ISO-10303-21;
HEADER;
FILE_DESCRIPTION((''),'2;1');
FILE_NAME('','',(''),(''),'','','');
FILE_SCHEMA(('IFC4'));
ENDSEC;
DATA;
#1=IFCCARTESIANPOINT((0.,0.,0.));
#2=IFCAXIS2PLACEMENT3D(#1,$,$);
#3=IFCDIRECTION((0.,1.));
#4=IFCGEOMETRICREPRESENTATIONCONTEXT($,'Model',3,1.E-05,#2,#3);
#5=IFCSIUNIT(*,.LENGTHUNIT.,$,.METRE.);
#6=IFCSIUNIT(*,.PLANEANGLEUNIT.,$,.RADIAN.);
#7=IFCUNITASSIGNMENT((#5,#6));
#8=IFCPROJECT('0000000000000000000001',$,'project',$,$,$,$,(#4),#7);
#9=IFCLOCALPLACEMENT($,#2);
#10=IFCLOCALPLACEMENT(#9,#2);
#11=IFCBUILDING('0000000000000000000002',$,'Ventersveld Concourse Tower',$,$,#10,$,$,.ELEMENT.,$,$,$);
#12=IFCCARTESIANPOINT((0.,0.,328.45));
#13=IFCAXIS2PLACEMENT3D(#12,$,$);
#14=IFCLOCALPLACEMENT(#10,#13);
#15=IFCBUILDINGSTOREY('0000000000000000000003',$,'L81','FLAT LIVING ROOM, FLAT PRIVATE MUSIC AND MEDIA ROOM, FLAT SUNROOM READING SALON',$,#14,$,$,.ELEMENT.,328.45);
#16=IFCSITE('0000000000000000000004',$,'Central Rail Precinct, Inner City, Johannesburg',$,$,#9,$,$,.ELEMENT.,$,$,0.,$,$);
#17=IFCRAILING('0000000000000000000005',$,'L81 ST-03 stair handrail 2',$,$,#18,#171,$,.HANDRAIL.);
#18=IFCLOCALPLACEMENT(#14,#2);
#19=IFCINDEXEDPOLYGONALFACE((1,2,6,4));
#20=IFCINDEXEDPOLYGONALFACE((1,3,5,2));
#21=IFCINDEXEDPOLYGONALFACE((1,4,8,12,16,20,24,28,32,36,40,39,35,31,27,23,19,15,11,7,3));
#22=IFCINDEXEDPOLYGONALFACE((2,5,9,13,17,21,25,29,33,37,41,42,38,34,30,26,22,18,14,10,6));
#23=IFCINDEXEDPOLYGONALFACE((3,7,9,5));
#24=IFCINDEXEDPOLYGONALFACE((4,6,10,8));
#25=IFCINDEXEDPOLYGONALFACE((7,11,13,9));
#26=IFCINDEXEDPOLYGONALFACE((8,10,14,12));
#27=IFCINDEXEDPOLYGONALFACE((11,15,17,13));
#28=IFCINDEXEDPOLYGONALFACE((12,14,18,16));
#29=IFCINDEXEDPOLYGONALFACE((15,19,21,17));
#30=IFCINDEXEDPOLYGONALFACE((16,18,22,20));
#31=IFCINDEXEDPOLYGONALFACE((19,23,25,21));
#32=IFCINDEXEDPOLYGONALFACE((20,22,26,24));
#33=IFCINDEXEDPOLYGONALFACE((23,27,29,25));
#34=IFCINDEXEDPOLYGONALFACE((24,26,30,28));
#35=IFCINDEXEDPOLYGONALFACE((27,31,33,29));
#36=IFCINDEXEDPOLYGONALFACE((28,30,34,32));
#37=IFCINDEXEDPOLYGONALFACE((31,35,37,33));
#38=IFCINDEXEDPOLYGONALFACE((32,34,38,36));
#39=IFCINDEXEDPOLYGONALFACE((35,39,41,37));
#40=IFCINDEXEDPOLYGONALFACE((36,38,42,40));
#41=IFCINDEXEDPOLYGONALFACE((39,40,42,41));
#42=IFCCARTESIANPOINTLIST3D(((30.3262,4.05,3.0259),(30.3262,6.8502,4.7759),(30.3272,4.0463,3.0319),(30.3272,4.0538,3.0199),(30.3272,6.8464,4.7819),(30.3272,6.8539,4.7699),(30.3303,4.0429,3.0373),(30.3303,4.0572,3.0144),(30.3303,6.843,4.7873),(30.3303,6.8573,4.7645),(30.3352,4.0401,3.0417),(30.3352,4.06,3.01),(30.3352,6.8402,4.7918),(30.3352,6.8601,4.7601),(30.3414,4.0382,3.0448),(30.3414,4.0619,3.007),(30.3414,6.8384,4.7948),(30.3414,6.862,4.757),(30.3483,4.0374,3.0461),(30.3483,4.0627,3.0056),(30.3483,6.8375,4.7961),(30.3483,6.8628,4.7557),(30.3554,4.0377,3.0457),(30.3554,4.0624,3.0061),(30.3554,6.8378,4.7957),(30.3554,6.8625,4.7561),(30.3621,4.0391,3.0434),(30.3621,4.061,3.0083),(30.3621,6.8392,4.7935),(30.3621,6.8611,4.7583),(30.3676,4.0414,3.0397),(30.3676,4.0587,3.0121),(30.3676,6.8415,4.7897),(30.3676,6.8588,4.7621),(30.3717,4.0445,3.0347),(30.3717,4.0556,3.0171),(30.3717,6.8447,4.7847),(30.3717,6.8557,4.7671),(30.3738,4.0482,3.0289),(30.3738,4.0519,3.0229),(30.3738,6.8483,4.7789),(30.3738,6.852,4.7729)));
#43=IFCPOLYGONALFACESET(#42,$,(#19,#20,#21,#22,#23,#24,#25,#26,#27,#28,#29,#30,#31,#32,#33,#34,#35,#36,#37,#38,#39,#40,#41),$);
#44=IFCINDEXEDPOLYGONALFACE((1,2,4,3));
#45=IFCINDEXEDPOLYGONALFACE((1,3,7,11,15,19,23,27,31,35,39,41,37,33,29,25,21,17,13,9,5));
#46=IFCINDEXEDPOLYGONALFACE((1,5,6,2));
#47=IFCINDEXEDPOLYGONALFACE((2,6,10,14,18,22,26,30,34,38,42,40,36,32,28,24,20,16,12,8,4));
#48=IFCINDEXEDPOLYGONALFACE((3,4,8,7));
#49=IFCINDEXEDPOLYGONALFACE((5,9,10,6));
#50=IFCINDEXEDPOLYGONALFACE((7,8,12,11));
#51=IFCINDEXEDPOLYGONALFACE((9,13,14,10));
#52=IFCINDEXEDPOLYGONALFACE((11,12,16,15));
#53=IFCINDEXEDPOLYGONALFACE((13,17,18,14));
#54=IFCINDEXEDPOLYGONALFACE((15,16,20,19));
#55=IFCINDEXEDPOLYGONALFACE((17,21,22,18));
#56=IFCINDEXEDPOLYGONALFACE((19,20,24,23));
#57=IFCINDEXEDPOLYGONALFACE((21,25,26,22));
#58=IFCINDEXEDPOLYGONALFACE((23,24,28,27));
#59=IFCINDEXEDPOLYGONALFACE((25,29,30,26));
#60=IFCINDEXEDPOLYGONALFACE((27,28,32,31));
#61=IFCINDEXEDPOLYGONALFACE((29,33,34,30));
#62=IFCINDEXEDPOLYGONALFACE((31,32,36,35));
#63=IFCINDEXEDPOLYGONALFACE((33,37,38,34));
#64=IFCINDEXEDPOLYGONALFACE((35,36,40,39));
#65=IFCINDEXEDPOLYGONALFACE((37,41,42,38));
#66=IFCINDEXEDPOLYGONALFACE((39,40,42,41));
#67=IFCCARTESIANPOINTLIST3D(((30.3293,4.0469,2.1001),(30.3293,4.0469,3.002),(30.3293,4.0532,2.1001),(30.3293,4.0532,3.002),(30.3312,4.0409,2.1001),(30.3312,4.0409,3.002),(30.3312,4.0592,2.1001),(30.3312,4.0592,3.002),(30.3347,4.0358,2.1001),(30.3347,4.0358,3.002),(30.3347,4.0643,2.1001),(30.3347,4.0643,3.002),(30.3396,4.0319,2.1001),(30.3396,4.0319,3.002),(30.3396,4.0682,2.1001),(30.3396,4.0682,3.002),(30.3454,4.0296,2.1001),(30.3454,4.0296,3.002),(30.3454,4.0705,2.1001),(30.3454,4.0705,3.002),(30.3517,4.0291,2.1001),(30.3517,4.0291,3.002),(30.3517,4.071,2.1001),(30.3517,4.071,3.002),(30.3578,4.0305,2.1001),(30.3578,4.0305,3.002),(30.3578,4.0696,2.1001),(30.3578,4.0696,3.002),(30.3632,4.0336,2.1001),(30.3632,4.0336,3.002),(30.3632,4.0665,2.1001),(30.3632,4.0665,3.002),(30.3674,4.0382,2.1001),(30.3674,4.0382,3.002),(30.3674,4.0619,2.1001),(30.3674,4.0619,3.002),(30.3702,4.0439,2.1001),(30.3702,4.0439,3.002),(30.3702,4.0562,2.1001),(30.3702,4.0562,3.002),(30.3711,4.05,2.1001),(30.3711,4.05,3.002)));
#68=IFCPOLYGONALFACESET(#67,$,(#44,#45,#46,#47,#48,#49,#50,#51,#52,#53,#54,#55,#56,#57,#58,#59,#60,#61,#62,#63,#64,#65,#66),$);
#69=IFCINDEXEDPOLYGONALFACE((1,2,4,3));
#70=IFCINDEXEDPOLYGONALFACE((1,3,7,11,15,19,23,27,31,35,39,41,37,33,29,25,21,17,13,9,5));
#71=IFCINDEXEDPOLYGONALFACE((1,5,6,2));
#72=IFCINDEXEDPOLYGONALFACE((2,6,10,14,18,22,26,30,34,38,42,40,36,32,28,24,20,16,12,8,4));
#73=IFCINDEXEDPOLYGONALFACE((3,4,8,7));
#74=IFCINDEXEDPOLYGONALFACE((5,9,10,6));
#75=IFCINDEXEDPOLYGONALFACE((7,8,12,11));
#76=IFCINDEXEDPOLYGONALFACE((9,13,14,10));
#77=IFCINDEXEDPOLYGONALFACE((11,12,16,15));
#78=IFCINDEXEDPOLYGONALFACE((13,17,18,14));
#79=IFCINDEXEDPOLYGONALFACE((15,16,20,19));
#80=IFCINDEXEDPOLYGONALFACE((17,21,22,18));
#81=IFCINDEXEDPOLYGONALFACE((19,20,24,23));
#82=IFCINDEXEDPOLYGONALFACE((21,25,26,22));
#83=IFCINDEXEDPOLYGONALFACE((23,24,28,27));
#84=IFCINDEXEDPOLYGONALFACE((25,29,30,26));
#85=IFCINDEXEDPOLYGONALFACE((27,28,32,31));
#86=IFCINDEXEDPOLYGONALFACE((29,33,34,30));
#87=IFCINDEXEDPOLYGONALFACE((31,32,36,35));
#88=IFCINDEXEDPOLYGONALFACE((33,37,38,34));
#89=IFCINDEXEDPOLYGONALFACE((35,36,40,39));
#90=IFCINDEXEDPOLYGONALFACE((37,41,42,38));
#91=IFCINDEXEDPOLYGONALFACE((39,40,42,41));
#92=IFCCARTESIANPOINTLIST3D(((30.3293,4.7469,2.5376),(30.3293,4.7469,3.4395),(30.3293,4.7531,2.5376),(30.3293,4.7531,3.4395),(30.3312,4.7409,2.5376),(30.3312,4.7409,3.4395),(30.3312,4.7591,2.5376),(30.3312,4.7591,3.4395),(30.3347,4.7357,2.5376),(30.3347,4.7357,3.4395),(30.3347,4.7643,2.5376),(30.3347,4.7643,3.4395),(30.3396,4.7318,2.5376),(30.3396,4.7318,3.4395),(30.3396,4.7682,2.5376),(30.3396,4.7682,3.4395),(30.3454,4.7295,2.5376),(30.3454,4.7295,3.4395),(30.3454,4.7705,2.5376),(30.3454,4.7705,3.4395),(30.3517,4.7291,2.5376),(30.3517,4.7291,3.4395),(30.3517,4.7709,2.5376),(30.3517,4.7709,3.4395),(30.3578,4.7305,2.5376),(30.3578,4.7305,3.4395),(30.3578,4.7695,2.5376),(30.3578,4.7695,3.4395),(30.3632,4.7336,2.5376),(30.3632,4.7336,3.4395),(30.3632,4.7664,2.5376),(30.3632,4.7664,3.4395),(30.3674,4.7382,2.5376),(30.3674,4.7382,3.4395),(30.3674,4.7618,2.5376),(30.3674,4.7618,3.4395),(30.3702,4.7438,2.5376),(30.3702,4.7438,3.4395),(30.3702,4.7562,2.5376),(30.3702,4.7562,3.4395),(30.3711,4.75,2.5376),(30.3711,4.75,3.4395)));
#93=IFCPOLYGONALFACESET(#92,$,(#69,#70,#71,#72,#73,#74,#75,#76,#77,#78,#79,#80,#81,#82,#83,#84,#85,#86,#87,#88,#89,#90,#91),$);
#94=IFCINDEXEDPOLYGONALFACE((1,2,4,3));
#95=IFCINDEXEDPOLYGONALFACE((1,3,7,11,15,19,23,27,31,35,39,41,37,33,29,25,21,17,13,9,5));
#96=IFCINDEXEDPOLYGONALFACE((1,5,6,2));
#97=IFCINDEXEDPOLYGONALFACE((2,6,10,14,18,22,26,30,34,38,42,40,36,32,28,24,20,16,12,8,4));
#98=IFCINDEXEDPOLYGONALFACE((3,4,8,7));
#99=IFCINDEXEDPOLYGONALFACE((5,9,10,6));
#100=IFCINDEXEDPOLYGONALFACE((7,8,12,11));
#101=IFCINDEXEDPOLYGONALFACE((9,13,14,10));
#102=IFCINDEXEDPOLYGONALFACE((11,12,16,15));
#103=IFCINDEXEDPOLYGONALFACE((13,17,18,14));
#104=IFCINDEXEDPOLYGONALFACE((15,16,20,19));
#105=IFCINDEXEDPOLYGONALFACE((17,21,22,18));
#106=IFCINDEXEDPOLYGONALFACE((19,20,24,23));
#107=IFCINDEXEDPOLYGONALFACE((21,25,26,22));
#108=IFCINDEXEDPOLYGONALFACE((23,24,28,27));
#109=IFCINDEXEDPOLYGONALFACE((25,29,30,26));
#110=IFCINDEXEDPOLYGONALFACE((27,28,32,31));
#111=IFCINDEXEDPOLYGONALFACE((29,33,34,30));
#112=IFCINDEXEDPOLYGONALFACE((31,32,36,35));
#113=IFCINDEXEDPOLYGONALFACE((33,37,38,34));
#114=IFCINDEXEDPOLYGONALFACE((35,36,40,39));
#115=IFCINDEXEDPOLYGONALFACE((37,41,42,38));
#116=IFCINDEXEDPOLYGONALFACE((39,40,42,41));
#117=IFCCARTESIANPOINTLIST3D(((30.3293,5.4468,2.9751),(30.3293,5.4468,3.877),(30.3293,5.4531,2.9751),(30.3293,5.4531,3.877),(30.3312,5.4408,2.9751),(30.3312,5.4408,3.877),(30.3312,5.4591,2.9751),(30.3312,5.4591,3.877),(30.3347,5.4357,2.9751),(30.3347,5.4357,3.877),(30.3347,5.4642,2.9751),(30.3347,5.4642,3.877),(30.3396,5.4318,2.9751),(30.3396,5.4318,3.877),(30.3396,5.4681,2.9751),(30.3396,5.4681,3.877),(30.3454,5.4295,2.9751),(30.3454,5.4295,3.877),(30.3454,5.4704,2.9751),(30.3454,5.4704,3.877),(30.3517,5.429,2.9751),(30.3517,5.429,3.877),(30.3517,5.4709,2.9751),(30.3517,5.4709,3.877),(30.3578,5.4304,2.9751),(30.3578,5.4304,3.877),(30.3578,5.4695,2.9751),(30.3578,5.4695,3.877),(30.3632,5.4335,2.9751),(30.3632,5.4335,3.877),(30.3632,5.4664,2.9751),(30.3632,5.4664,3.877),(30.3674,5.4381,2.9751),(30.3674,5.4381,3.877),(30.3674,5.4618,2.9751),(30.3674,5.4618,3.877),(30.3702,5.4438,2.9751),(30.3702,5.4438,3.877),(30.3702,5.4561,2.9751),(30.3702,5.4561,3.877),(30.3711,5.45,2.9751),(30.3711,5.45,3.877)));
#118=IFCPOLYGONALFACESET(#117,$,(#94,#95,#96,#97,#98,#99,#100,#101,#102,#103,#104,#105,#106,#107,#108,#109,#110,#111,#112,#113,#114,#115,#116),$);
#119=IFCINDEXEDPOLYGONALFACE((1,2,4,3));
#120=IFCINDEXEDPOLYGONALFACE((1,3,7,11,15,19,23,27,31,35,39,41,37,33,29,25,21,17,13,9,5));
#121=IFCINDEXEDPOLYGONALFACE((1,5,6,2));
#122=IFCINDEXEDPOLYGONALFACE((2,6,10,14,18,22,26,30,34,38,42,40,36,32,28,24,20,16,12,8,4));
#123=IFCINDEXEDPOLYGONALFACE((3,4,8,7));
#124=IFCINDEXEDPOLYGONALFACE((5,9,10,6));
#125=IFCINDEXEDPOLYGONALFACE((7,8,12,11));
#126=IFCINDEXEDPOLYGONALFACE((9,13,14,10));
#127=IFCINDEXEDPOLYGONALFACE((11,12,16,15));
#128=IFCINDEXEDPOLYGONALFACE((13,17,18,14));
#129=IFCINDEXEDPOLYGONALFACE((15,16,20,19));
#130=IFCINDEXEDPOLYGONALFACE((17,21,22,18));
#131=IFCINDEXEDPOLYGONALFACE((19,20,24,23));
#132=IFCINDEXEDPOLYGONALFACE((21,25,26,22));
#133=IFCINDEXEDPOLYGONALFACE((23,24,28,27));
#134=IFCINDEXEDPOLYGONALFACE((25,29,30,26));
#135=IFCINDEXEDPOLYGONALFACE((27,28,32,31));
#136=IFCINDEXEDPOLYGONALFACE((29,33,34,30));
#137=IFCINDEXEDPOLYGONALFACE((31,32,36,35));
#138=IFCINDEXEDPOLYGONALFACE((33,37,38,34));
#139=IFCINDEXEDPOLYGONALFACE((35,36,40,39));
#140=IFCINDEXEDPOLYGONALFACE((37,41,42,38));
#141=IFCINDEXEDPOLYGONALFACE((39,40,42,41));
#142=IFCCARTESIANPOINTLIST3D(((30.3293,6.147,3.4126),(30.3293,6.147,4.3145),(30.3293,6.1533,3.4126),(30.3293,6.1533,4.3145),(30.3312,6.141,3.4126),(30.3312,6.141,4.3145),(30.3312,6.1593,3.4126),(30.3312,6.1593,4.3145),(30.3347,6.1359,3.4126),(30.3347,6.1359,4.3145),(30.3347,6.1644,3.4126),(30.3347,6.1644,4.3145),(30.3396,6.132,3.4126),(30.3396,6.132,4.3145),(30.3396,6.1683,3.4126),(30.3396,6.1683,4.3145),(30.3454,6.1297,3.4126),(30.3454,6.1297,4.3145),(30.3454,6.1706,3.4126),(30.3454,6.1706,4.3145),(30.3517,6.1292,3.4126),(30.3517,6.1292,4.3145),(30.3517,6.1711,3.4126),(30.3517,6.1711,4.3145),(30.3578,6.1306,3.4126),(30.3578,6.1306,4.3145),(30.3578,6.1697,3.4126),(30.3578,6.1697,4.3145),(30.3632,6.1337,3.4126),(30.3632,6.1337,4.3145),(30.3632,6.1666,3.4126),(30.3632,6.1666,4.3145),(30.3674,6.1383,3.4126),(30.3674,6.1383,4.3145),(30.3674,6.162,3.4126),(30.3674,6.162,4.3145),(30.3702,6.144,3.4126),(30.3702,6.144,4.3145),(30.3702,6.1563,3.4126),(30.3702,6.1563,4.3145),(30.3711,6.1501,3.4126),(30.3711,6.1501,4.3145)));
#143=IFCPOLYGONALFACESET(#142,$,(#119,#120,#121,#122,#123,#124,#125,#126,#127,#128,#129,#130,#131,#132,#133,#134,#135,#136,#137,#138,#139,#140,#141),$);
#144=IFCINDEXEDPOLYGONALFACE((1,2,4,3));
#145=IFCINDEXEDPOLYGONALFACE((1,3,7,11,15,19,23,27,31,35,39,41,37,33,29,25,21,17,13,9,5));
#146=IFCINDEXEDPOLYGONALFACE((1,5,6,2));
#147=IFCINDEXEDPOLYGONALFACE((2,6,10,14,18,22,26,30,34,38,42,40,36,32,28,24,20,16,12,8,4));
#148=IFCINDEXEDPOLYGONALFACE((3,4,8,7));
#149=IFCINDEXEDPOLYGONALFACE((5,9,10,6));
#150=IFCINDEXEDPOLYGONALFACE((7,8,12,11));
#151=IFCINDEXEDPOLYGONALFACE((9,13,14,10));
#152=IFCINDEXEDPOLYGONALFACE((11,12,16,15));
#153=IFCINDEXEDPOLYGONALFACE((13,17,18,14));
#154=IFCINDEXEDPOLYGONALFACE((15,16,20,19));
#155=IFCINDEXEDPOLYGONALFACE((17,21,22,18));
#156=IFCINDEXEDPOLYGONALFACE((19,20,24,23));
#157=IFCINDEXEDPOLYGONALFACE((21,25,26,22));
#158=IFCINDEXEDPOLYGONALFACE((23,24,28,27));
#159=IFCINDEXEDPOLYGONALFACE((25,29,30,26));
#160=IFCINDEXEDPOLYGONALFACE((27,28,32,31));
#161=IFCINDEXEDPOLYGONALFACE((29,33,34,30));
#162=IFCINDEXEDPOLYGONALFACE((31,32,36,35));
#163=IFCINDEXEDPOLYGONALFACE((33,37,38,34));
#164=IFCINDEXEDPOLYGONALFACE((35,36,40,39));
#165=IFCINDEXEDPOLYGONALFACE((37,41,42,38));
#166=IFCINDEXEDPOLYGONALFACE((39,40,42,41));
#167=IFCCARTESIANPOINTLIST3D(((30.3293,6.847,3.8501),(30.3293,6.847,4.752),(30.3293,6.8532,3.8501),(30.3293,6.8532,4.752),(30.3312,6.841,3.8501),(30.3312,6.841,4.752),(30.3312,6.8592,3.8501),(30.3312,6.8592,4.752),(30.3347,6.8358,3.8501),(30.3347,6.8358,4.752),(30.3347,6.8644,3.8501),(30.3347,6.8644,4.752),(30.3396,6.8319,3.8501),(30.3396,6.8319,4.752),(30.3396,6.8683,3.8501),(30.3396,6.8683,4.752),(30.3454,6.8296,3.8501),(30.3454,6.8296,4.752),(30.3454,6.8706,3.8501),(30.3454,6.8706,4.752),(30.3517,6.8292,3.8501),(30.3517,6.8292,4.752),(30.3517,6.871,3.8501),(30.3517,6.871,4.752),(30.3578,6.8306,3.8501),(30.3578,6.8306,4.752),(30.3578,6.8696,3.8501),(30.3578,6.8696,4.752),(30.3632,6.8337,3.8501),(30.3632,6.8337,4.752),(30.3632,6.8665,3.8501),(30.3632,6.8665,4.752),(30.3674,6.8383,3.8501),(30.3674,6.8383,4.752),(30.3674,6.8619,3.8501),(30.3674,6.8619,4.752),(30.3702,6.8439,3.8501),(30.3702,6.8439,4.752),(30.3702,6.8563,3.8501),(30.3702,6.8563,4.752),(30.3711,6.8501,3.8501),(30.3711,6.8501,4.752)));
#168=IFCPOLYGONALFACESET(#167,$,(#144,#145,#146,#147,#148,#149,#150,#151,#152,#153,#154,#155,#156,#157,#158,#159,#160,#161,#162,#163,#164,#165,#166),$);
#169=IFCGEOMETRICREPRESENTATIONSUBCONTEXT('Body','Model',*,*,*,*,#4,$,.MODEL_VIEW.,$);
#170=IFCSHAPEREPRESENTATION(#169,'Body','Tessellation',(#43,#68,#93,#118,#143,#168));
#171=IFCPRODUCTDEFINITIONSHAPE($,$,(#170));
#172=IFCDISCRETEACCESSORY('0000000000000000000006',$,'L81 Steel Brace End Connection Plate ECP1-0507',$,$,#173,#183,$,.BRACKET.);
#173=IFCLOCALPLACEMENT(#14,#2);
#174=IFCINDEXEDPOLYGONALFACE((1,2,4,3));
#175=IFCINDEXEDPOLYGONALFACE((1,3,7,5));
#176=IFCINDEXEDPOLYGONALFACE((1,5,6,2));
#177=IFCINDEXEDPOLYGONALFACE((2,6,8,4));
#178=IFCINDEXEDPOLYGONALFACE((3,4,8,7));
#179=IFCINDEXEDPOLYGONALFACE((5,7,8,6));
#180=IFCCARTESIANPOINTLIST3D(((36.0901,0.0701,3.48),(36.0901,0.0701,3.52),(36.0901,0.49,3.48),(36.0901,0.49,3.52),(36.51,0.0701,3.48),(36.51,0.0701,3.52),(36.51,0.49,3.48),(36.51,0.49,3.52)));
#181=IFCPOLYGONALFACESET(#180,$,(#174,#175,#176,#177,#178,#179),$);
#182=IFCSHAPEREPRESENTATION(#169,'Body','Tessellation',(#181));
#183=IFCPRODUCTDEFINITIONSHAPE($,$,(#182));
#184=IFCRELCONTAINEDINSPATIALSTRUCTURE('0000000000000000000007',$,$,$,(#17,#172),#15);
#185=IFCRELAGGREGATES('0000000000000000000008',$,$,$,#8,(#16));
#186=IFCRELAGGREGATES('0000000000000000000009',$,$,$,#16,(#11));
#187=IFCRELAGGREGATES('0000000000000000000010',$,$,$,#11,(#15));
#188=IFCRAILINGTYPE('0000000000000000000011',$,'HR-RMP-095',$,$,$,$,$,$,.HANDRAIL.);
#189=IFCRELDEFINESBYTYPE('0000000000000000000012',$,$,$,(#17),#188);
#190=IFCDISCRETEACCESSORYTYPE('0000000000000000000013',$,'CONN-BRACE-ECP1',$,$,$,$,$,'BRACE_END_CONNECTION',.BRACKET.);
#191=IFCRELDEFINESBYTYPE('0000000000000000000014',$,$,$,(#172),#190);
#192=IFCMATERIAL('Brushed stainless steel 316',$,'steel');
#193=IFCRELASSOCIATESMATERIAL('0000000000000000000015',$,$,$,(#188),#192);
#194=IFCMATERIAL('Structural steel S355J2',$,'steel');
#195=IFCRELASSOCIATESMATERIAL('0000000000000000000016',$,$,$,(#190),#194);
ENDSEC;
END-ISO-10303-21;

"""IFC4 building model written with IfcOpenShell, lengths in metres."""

from ifc_helpers import new_model, si_unit, direction, frame, origin, origin_2d, place, context, subcontext, project, spatial, rectangle, circle, extrude, material, type_object, element, save


model = new_model("IFC4")

# Units and contexts
model_context = context("Model", 3, precision=1e-05, world=origin(), true_north=direction((0.0, 1.0)))
body_context = subcontext(model_context, "Body", "Model", "MODEL_VIEW")
ifc_project = project(units=[si_unit("LENGTHUNIT", "METRE"), si_unit("PLANEANGLEUNIT", "RADIAN")], contexts=[model_context])

# Site, building, storey
site_placement = place(None, origin())
site = spatial("IfcSite", under=ifc_project, at=site_placement, Name="Central Rail Precinct, Inner City, Johannesburg", CompositionType="ELEMENT", RefElevation=0.0)
building_placement = place(site_placement, origin())
building = spatial("IfcBuilding", under=site, at=building_placement, Name="Ventersveld Concourse Tower", CompositionType="ELEMENT")
storey_placement = place(building_placement, frame((0.0, 0.0, 328.45)))
storey = spatial("IfcBuildingStorey", under=building, at=storey_placement, Name="L81", Description="FLAT LIVING ROOM, FLAT PRIVATE MUSIC AND MEDIA ROOM, FLAT SUNROOM READING SALON", CompositionType="ELEMENT", Elevation=328.45)

# Shared definitions
ifc_material_1 = material(Name="Structural steel S355J2", Category="steel")

# Shared definitions
ifc_material_2 = material(Name="Brushed stainless steel 316", Category="steel")

# Railing
railing_type_1 = type_object("IfcRailingType", Name="HR-RMP-095", PredefinedType="HANDRAIL", material=ifc_material_2)
railing_1_placement = place(storey_placement, frame((30.3501, 4.05, 2.1001)))
element("IfcRailing", 1, at=railing_1_placement, inside=storey, type_object=railing_type_1, Name="L81 ST-03 stair handrail 2", PredefinedType="HANDRAIL", context=body_context, shape_type="SweptSolid", body=[
    extrude(circle(Radius=0.0239, at=origin_2d()), frame((0.0, 0.0, 0.9258), z_axis=(0.0, 0.848002, 0.529992), x_axis=(-1.0, 0.0, 0.0)), (0.0, 0.0, 1.0), 3.302),
    extrude(circle(Radius=0.021, at=origin_2d()), origin(), (0.0, 0.0, 1.0), 0.9019),
    extrude(circle(Radius=0.021, at=origin_2d()), frame((0.0, 0.7, 0.4375)), (0.0, 0.0, 1.0), 0.9019),
    extrude(circle(Radius=0.021, at=origin_2d()), frame((0.0, 1.3999, 0.875)), (0.0, 0.0, 1.0), 0.9019),
    extrude(circle(Radius=0.021, at=origin_2d()), frame((0.0, 2.1001, 1.3125)), (0.0, 0.0, 1.0), 0.9019),
    extrude(circle(Radius=0.021, at=origin_2d()), frame((0.0, 2.8, 1.75)), (0.0, 0.0, 1.0), 0.9019),
])

# Discrete accessory
discrete_accessory_type = type_object("IfcDiscreteAccessoryType", Name="CONN-BRACE-ECP1", ElementType="BRACE_END_CONNECTION", PredefinedType="BRACKET", material=ifc_material_1)
discrete_accessory_placement = place(storey_placement, frame((36.3, 0.28, 3.48), z_axis=(0.0, 0.0, 1.0), x_axis=(1.0, 0.0, 0.0)))
element("IfcDiscreteAccessory", 2, at=discrete_accessory_placement, inside=storey, type_object=discrete_accessory_type, Name="L81 Steel Brace End Connection Plate ECP1-0507", PredefinedType="BRACKET", context=body_context, shape_type="SweptSolid", body=[
    extrude(rectangle(XDim=0.4199, YDim=0.4199, at=origin_2d()), origin(), (0.0, 0.0, 1.0), 0.04),
])

save(model, "model.ifc")
